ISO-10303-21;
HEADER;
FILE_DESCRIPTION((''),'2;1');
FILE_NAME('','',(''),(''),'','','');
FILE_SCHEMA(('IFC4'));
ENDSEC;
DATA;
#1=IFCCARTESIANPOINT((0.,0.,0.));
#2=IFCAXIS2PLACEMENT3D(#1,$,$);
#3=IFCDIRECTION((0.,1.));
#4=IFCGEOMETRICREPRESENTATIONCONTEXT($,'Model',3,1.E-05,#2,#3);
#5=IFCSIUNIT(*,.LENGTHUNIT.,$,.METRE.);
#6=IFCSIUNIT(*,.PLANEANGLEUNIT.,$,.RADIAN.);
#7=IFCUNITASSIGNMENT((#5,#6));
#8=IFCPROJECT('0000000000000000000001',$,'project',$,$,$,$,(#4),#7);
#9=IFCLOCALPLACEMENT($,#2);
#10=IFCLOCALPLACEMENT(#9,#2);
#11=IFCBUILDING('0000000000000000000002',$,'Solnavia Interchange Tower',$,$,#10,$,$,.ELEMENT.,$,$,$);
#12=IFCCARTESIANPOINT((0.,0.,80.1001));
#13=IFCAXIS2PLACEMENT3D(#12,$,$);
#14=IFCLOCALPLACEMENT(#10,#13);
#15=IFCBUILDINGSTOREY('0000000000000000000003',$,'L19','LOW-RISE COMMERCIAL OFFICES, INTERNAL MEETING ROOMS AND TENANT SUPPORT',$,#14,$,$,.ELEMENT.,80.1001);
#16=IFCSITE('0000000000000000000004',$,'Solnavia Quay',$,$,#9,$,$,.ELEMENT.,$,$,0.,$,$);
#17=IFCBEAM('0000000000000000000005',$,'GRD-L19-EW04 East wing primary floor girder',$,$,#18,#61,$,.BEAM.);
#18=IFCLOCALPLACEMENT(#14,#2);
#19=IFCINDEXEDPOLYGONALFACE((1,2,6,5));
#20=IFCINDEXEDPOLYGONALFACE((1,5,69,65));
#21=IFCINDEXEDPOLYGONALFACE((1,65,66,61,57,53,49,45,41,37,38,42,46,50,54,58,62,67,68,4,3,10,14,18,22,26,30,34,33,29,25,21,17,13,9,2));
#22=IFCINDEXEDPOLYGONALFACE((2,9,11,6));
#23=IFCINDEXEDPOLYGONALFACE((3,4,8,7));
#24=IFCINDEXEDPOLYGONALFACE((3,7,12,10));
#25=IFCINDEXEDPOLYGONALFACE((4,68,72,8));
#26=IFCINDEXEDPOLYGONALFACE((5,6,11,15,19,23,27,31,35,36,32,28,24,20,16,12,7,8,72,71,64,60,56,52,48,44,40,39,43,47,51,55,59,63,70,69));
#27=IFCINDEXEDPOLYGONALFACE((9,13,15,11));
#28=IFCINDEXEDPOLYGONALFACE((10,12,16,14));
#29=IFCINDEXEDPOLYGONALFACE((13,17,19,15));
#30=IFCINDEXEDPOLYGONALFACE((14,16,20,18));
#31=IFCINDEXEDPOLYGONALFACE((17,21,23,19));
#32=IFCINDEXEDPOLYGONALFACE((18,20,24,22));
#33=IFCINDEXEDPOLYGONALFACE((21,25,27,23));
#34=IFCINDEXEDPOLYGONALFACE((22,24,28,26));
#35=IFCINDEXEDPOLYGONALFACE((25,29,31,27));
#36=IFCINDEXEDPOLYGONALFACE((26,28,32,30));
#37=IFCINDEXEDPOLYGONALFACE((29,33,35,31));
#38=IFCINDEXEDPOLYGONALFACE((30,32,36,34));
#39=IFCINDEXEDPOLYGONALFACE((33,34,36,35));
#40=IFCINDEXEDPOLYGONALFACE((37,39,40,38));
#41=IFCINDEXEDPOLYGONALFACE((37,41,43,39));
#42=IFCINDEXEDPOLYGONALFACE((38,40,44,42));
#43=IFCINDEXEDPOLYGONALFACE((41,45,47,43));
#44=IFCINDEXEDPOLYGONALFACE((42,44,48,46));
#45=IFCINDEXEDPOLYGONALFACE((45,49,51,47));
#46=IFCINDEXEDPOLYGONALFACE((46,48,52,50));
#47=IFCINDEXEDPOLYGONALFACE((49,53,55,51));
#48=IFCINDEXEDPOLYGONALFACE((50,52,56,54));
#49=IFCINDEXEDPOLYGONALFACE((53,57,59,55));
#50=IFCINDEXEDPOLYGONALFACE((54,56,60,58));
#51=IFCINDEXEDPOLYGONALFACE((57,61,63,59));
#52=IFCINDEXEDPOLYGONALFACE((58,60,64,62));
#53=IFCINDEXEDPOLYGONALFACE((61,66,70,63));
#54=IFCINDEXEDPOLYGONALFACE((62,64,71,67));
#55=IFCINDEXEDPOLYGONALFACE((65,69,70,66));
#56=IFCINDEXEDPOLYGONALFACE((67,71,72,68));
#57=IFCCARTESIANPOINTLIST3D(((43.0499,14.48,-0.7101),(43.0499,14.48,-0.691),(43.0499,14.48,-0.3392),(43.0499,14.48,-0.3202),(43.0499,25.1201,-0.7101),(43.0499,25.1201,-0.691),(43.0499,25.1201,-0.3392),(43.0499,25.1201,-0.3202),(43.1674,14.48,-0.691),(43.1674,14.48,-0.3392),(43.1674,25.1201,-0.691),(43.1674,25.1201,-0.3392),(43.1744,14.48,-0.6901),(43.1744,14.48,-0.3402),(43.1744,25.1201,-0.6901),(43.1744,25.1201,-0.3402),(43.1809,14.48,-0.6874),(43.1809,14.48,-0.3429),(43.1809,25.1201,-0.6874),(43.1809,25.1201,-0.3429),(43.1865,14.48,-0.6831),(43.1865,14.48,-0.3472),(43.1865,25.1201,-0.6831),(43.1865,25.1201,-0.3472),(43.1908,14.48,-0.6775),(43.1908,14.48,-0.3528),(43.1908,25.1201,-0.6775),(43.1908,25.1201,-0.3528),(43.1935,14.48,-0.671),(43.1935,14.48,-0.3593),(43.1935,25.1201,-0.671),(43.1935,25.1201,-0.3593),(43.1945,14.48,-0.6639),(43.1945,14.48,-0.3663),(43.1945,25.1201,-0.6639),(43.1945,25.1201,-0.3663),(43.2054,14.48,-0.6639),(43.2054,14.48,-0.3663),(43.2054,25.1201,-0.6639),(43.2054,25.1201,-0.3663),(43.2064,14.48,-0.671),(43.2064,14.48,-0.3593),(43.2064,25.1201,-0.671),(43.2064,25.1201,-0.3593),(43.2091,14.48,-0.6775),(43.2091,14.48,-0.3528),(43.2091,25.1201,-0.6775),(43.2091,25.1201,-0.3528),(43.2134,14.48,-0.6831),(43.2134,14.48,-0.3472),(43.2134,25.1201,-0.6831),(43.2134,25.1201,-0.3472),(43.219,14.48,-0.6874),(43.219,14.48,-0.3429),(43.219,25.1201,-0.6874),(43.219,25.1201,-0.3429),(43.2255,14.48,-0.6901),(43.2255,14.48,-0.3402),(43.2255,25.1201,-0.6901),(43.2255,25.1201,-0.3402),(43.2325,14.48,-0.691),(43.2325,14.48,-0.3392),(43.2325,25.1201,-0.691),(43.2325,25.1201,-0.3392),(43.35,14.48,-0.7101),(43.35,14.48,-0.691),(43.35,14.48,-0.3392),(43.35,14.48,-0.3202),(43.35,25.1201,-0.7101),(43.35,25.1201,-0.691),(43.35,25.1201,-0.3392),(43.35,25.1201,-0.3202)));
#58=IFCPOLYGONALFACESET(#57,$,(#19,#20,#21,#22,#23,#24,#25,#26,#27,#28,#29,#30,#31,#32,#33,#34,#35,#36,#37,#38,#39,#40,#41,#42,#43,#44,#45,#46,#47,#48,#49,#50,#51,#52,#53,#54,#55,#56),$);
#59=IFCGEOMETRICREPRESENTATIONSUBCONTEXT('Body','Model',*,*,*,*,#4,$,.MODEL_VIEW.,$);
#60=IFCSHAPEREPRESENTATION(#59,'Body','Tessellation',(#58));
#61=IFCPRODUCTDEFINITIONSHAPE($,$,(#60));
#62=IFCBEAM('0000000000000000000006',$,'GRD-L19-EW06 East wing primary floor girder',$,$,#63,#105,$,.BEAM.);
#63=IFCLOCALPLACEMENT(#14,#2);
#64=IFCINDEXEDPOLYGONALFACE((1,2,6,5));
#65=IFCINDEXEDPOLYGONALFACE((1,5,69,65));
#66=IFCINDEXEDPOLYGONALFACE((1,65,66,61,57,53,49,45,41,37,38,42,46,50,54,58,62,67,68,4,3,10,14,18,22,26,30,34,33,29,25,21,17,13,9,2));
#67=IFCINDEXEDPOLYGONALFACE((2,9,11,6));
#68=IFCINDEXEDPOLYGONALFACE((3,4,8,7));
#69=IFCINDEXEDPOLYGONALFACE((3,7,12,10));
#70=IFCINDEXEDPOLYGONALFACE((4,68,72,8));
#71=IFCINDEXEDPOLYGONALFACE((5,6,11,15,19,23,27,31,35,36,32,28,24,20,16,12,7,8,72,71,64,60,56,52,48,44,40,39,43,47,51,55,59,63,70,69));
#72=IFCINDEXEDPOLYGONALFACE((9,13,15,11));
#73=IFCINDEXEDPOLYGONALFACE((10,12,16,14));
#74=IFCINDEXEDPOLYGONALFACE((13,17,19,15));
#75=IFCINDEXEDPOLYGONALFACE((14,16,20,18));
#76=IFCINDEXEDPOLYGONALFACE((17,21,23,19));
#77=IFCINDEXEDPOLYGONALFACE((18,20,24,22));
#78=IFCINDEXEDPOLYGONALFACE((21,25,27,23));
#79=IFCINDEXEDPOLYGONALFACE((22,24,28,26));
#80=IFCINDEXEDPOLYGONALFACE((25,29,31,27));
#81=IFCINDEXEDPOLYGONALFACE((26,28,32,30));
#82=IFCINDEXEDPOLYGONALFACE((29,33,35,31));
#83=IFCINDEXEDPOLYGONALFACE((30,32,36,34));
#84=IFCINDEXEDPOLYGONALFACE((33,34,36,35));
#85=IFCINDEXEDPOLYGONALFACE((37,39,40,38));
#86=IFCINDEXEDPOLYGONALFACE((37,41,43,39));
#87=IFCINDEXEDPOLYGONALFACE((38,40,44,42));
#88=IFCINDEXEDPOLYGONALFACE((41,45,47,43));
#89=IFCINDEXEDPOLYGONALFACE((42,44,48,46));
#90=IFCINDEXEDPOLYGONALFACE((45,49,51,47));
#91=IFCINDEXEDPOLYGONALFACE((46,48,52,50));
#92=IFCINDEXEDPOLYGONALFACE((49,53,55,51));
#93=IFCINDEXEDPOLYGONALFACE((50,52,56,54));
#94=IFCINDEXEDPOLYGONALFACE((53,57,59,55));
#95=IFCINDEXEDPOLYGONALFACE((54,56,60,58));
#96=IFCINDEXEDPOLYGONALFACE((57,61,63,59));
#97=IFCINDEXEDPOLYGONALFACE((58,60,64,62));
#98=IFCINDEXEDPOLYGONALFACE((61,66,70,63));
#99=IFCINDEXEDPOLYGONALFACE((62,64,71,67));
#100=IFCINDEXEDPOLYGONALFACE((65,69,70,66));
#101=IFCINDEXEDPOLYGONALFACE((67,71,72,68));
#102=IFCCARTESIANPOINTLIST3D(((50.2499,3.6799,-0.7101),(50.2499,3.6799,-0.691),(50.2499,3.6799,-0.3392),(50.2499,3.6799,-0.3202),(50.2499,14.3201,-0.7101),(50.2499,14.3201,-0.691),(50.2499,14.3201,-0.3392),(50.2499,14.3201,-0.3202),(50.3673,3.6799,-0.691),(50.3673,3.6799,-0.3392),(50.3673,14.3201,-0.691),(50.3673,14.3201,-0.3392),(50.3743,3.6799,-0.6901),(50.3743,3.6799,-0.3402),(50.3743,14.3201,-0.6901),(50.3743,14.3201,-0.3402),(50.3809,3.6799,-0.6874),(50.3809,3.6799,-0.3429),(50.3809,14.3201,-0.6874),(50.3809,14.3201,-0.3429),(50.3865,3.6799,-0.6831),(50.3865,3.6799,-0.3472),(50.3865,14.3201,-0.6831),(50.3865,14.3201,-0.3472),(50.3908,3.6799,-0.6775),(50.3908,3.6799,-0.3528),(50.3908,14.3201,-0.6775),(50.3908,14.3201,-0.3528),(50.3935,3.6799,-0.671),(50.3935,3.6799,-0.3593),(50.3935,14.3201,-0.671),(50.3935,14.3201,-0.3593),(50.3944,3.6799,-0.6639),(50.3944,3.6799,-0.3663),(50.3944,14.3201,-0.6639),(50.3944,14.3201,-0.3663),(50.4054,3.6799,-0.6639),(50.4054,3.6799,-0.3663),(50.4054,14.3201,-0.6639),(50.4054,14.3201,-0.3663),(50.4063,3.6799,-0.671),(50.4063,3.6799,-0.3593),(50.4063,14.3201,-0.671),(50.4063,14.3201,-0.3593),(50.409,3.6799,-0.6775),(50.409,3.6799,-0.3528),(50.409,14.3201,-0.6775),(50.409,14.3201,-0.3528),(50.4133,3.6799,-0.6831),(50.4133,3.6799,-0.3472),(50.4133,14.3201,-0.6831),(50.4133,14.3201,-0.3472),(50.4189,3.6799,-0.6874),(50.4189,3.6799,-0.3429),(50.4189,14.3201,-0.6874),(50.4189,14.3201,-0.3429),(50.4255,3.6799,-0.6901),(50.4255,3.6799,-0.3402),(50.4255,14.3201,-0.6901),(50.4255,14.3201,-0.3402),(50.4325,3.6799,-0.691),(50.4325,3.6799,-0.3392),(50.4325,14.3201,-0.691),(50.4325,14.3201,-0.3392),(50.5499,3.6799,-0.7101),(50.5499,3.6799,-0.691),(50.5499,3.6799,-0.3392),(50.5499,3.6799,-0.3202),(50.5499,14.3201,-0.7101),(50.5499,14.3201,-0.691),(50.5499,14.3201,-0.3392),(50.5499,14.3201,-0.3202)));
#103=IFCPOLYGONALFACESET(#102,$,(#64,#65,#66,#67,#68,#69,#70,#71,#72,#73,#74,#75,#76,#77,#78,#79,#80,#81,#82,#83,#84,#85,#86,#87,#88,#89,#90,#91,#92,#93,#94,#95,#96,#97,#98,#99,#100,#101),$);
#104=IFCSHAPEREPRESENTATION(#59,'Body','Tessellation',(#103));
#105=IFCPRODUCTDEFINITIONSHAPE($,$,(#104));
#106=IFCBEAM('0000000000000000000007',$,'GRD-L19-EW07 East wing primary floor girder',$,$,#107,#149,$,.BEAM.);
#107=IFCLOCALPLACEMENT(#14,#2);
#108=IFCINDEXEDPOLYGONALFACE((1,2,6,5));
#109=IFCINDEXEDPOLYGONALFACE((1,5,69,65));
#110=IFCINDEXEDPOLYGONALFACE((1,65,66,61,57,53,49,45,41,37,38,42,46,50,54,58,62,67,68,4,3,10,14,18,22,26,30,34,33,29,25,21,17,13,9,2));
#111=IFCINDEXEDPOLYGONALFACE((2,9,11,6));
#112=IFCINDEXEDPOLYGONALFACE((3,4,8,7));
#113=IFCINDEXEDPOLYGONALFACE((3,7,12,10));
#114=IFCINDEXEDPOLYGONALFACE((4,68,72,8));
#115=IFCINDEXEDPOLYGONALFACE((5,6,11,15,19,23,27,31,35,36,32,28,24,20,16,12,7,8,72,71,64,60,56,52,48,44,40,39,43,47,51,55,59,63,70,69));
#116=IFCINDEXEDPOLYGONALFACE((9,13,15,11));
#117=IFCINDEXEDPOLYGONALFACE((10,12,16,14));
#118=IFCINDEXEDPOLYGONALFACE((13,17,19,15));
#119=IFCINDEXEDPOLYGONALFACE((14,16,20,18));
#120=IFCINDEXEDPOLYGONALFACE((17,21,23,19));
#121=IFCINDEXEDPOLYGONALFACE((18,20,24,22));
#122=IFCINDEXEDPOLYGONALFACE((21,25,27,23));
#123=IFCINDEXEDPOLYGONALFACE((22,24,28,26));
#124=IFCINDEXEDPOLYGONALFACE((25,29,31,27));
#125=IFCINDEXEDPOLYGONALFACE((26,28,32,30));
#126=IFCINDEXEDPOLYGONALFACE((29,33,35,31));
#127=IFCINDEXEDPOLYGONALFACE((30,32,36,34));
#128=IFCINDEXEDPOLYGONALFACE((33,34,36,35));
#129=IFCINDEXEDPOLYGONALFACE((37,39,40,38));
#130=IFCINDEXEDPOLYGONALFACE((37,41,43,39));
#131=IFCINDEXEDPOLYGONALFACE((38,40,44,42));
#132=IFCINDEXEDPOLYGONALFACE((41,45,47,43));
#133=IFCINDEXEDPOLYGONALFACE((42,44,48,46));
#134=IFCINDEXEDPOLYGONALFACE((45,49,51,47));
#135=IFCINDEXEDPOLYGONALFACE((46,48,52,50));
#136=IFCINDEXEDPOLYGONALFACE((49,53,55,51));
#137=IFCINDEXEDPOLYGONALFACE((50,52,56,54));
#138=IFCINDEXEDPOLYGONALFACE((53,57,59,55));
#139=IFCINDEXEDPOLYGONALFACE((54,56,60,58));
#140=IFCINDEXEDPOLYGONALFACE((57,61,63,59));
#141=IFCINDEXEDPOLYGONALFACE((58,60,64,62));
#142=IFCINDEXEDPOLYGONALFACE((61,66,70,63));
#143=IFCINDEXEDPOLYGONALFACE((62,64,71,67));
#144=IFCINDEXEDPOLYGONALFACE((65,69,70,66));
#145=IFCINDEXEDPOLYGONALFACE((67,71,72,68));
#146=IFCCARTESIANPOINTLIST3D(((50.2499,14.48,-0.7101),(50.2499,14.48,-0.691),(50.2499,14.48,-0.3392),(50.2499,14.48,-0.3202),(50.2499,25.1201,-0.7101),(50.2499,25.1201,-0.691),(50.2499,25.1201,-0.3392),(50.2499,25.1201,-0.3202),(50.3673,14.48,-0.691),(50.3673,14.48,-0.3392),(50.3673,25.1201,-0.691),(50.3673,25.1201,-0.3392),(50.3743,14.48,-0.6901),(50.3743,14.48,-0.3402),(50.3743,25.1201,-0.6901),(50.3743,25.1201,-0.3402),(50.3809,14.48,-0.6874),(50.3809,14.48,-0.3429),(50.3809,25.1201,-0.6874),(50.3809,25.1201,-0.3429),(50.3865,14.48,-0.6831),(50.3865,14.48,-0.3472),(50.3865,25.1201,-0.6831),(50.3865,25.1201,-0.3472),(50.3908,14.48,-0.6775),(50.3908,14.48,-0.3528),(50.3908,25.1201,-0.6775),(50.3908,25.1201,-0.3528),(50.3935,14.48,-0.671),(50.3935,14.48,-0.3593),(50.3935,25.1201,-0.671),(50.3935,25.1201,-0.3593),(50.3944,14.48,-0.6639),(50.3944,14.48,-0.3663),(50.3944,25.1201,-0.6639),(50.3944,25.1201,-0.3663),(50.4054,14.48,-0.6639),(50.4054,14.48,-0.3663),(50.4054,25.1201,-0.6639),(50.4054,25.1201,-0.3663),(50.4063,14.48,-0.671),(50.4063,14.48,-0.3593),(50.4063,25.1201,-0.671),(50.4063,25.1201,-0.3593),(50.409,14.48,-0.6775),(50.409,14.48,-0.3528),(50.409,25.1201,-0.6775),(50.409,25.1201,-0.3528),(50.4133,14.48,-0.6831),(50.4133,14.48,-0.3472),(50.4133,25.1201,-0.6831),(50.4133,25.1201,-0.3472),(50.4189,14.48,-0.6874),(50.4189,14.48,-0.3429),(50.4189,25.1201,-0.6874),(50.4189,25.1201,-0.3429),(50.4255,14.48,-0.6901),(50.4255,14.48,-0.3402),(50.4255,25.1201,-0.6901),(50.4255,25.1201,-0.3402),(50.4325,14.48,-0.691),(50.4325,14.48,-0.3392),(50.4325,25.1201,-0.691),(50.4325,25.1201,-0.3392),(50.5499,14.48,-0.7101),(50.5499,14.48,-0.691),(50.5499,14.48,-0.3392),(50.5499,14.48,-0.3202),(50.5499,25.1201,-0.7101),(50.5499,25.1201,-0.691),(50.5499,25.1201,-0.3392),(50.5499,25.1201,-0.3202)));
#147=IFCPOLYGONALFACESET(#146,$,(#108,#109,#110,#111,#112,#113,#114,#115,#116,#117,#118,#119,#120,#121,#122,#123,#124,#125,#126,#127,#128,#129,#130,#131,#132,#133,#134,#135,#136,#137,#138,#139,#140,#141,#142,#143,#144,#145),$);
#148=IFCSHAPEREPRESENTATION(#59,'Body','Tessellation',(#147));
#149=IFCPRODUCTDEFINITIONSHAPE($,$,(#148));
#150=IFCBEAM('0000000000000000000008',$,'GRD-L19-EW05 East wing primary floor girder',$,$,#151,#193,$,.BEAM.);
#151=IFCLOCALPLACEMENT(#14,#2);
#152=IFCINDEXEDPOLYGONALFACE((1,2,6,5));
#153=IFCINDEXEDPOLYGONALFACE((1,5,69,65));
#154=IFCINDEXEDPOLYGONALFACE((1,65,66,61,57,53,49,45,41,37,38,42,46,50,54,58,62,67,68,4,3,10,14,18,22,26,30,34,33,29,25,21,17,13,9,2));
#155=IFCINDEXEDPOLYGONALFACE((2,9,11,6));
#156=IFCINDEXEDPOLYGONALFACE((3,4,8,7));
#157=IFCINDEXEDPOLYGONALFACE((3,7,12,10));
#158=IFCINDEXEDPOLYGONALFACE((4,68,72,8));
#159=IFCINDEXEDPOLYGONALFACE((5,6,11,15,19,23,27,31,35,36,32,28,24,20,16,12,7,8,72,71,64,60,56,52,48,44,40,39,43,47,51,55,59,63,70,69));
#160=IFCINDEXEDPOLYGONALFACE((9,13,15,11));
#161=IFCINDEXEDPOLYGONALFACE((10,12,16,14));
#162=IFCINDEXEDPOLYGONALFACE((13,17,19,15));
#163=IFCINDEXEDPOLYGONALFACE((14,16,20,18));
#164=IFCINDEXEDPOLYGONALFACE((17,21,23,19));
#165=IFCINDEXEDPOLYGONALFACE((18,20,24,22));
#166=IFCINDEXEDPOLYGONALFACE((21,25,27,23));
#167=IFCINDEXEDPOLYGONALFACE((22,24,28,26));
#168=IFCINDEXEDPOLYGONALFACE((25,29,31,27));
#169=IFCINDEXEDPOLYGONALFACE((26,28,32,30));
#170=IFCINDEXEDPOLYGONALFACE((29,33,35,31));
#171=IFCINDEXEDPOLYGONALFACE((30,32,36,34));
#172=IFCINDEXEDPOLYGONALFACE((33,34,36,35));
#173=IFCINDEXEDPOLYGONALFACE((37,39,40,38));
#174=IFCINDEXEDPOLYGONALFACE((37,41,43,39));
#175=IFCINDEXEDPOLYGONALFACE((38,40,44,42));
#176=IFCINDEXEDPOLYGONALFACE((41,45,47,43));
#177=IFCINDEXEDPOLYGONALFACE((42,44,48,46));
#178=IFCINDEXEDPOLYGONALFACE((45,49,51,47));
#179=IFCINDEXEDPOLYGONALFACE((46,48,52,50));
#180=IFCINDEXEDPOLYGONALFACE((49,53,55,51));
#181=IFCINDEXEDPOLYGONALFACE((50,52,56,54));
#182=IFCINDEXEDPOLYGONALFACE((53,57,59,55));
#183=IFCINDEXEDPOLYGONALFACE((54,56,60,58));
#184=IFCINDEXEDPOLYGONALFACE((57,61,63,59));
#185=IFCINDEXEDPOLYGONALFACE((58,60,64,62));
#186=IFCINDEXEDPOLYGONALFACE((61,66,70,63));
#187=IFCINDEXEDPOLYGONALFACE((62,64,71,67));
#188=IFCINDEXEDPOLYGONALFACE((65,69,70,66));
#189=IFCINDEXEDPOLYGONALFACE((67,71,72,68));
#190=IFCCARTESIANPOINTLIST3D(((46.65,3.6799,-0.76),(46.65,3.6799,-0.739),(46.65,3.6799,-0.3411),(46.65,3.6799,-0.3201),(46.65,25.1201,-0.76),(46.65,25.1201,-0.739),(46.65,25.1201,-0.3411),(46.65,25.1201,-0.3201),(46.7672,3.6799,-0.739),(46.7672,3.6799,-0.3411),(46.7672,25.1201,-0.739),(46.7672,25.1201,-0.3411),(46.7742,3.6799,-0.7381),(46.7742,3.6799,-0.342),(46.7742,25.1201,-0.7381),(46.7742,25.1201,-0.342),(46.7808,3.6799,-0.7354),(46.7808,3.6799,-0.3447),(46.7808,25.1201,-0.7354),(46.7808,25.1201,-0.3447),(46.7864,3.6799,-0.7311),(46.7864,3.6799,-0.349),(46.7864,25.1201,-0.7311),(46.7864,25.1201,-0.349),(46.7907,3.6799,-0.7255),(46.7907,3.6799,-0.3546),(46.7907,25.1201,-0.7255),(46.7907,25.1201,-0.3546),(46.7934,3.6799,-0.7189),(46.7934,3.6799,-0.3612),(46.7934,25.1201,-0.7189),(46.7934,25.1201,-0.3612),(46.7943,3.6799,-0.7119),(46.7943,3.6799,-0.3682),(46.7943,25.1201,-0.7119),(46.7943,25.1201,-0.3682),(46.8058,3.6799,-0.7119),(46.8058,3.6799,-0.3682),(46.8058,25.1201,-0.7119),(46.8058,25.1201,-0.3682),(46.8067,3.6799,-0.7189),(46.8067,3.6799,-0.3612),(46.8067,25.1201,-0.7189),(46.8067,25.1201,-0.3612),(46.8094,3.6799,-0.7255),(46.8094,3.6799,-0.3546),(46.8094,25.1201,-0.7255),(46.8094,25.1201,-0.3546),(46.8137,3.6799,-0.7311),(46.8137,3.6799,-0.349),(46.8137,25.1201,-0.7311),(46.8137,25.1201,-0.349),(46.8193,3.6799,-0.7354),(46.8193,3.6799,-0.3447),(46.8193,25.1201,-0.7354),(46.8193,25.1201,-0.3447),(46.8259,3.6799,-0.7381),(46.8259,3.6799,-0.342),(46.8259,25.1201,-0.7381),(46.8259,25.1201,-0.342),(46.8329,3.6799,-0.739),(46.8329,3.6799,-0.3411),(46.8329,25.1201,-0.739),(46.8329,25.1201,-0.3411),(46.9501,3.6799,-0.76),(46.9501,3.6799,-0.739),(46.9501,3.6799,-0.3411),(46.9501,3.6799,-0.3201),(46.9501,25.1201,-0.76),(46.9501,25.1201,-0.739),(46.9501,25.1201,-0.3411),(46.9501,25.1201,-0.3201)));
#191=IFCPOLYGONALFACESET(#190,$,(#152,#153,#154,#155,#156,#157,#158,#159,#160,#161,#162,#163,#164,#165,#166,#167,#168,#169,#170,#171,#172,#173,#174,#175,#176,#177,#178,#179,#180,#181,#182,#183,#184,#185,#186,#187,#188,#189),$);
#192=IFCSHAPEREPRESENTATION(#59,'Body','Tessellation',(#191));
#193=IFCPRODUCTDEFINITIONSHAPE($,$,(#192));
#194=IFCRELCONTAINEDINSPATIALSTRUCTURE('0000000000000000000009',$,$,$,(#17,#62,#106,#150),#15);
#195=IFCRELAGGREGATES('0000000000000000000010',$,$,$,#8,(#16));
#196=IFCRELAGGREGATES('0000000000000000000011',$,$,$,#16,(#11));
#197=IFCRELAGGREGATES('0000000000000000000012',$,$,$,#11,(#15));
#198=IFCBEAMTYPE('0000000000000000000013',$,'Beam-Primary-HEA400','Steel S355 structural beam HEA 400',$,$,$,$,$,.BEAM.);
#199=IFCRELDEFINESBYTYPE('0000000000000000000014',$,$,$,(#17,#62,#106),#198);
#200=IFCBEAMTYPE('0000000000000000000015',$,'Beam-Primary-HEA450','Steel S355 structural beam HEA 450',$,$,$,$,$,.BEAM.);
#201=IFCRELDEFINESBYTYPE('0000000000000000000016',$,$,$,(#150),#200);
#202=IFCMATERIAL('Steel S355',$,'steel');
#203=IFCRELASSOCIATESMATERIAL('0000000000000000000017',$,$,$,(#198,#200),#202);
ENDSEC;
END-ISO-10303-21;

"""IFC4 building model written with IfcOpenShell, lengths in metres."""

from ifc_helpers import new_model, si_unit, direction, frame, origin, origin_2d, place, context, subcontext, project, spatial, i_section, extrude, material, material_profile, profile_set, type_object, element, save


model = new_model("IFC4")

# Units and contexts
model_context = context("Model", 3, precision=1e-05, world=origin(), true_north=direction((0.0, 1.0)))
body_context = subcontext(model_context, "Body", "Model", "MODEL_VIEW")
ifc_project = project(units=[si_unit("LENGTHUNIT", "METRE"), si_unit("PLANEANGLEUNIT", "RADIAN")], contexts=[model_context])

# Site, building, storey
site_placement = place(None, origin())
site = spatial("IfcSite", under=ifc_project, at=site_placement, Name="Solnavia Quay", CompositionType="ELEMENT", RefElevation=0.0)
building_placement = place(site_placement, origin())
building = spatial("IfcBuilding", under=site, at=building_placement, Name="Solnavia Interchange Tower", CompositionType="ELEMENT")
storey_placement = place(building_placement, frame((0.0, 0.0, 80.1001)))
storey = spatial("IfcBuildingStorey", under=building, at=storey_placement, Name="L19", Description="LOW-RISE COMMERCIAL OFFICES, INTERNAL MEETING ROOMS AND TENANT SUPPORT", CompositionType="ELEMENT", Elevation=80.1001)

# Shared definitions
ifc_material_1 = material(Name="Steel S355", Category="steel")

# Beams
ifc_material_profile_1 = material_profile(ifc_material_1, i_section(OverallWidth=0.3, OverallDepth=0.3899, WebThickness=0.011, FlangeThickness=0.019, FilletRadius=0.0271, at=origin_2d()), Name="HEA 400")
ifc_profile_set_1 = profile_set([ifc_material_profile_1], Name="Steel S355")
beam_type_1 = type_object("IfcBeamType", Name="Beam-Primary-HEA400", Description="Steel S355 structural beam HEA 400", PredefinedType="BEAM", material=ifc_profile_set_1)
for number, where, z_axis, x_axis, name in (
    (1, (43.2, 14.48, -0.5151), (0.0, 1.0, 0.0), (-1.0, 0.0, 0.0), "GRD-L19-EW04 East wing primary floor girder"),
    (2, (50.3999, 3.6799, -0.5151), (0.0, 1.0, 0.0), (-1.0, 0.0, 0.0), "GRD-L19-EW06 East wing primary floor girder"),
    (3, (50.3999, 14.48, -0.5151), (0.0, 1.0, 0.0), (-1.0, 0.0, 0.0), "GRD-L19-EW07 East wing primary floor girder"),
):
    element("IfcBeam", number, at=place(storey_placement, frame(where, z_axis=z_axis, x_axis=x_axis)), inside=storey, type_object=beam_type_1, Name=name, PredefinedType="BEAM", context=body_context, shape_type="SweptSolid", body=[
        extrude(i_section(OverallWidth=0.3, OverallDepth=0.3899, WebThickness=0.011, FlangeThickness=0.019, FilletRadius=0.0271, at=origin_2d()), origin(), (0.0, 0.0, 1.0), 10.6401),
    ])
ifc_material_profile_2 = material_profile(ifc_material_1, i_section(OverallWidth=0.3, OverallDepth=0.4399, WebThickness=0.0115, FlangeThickness=0.021, FilletRadius=0.0271, at=origin_2d()), Name="HEA 450")
ifc_profile_set_2 = profile_set([ifc_material_profile_2], Name="Steel S355")
beam_type_2 = type_object("IfcBeamType", Name="Beam-Primary-HEA450", Description="Steel S355 structural beam HEA 450", PredefinedType="BEAM", material=ifc_profile_set_2)
beam_1_placement = place(storey_placement, frame((46.8, 3.6799, -0.54), z_axis=(0.0, 1.0, 0.0), x_axis=(-1.0, 0.0, 0.0)))
element("IfcBeam", 4, at=beam_1_placement, inside=storey, type_object=beam_type_2, Name="GRD-L19-EW05 East wing primary floor girder", PredefinedType="BEAM", context=body_context, shape_type="SweptSolid", body=[
    extrude(i_section(OverallWidth=0.3, OverallDepth=0.4399, WebThickness=0.0115, FlangeThickness=0.021, FilletRadius=0.0271, at=origin_2d()), origin(), (0.0, 0.0, 1.0), 21.4402),
])

save(model, "model.ifc")
